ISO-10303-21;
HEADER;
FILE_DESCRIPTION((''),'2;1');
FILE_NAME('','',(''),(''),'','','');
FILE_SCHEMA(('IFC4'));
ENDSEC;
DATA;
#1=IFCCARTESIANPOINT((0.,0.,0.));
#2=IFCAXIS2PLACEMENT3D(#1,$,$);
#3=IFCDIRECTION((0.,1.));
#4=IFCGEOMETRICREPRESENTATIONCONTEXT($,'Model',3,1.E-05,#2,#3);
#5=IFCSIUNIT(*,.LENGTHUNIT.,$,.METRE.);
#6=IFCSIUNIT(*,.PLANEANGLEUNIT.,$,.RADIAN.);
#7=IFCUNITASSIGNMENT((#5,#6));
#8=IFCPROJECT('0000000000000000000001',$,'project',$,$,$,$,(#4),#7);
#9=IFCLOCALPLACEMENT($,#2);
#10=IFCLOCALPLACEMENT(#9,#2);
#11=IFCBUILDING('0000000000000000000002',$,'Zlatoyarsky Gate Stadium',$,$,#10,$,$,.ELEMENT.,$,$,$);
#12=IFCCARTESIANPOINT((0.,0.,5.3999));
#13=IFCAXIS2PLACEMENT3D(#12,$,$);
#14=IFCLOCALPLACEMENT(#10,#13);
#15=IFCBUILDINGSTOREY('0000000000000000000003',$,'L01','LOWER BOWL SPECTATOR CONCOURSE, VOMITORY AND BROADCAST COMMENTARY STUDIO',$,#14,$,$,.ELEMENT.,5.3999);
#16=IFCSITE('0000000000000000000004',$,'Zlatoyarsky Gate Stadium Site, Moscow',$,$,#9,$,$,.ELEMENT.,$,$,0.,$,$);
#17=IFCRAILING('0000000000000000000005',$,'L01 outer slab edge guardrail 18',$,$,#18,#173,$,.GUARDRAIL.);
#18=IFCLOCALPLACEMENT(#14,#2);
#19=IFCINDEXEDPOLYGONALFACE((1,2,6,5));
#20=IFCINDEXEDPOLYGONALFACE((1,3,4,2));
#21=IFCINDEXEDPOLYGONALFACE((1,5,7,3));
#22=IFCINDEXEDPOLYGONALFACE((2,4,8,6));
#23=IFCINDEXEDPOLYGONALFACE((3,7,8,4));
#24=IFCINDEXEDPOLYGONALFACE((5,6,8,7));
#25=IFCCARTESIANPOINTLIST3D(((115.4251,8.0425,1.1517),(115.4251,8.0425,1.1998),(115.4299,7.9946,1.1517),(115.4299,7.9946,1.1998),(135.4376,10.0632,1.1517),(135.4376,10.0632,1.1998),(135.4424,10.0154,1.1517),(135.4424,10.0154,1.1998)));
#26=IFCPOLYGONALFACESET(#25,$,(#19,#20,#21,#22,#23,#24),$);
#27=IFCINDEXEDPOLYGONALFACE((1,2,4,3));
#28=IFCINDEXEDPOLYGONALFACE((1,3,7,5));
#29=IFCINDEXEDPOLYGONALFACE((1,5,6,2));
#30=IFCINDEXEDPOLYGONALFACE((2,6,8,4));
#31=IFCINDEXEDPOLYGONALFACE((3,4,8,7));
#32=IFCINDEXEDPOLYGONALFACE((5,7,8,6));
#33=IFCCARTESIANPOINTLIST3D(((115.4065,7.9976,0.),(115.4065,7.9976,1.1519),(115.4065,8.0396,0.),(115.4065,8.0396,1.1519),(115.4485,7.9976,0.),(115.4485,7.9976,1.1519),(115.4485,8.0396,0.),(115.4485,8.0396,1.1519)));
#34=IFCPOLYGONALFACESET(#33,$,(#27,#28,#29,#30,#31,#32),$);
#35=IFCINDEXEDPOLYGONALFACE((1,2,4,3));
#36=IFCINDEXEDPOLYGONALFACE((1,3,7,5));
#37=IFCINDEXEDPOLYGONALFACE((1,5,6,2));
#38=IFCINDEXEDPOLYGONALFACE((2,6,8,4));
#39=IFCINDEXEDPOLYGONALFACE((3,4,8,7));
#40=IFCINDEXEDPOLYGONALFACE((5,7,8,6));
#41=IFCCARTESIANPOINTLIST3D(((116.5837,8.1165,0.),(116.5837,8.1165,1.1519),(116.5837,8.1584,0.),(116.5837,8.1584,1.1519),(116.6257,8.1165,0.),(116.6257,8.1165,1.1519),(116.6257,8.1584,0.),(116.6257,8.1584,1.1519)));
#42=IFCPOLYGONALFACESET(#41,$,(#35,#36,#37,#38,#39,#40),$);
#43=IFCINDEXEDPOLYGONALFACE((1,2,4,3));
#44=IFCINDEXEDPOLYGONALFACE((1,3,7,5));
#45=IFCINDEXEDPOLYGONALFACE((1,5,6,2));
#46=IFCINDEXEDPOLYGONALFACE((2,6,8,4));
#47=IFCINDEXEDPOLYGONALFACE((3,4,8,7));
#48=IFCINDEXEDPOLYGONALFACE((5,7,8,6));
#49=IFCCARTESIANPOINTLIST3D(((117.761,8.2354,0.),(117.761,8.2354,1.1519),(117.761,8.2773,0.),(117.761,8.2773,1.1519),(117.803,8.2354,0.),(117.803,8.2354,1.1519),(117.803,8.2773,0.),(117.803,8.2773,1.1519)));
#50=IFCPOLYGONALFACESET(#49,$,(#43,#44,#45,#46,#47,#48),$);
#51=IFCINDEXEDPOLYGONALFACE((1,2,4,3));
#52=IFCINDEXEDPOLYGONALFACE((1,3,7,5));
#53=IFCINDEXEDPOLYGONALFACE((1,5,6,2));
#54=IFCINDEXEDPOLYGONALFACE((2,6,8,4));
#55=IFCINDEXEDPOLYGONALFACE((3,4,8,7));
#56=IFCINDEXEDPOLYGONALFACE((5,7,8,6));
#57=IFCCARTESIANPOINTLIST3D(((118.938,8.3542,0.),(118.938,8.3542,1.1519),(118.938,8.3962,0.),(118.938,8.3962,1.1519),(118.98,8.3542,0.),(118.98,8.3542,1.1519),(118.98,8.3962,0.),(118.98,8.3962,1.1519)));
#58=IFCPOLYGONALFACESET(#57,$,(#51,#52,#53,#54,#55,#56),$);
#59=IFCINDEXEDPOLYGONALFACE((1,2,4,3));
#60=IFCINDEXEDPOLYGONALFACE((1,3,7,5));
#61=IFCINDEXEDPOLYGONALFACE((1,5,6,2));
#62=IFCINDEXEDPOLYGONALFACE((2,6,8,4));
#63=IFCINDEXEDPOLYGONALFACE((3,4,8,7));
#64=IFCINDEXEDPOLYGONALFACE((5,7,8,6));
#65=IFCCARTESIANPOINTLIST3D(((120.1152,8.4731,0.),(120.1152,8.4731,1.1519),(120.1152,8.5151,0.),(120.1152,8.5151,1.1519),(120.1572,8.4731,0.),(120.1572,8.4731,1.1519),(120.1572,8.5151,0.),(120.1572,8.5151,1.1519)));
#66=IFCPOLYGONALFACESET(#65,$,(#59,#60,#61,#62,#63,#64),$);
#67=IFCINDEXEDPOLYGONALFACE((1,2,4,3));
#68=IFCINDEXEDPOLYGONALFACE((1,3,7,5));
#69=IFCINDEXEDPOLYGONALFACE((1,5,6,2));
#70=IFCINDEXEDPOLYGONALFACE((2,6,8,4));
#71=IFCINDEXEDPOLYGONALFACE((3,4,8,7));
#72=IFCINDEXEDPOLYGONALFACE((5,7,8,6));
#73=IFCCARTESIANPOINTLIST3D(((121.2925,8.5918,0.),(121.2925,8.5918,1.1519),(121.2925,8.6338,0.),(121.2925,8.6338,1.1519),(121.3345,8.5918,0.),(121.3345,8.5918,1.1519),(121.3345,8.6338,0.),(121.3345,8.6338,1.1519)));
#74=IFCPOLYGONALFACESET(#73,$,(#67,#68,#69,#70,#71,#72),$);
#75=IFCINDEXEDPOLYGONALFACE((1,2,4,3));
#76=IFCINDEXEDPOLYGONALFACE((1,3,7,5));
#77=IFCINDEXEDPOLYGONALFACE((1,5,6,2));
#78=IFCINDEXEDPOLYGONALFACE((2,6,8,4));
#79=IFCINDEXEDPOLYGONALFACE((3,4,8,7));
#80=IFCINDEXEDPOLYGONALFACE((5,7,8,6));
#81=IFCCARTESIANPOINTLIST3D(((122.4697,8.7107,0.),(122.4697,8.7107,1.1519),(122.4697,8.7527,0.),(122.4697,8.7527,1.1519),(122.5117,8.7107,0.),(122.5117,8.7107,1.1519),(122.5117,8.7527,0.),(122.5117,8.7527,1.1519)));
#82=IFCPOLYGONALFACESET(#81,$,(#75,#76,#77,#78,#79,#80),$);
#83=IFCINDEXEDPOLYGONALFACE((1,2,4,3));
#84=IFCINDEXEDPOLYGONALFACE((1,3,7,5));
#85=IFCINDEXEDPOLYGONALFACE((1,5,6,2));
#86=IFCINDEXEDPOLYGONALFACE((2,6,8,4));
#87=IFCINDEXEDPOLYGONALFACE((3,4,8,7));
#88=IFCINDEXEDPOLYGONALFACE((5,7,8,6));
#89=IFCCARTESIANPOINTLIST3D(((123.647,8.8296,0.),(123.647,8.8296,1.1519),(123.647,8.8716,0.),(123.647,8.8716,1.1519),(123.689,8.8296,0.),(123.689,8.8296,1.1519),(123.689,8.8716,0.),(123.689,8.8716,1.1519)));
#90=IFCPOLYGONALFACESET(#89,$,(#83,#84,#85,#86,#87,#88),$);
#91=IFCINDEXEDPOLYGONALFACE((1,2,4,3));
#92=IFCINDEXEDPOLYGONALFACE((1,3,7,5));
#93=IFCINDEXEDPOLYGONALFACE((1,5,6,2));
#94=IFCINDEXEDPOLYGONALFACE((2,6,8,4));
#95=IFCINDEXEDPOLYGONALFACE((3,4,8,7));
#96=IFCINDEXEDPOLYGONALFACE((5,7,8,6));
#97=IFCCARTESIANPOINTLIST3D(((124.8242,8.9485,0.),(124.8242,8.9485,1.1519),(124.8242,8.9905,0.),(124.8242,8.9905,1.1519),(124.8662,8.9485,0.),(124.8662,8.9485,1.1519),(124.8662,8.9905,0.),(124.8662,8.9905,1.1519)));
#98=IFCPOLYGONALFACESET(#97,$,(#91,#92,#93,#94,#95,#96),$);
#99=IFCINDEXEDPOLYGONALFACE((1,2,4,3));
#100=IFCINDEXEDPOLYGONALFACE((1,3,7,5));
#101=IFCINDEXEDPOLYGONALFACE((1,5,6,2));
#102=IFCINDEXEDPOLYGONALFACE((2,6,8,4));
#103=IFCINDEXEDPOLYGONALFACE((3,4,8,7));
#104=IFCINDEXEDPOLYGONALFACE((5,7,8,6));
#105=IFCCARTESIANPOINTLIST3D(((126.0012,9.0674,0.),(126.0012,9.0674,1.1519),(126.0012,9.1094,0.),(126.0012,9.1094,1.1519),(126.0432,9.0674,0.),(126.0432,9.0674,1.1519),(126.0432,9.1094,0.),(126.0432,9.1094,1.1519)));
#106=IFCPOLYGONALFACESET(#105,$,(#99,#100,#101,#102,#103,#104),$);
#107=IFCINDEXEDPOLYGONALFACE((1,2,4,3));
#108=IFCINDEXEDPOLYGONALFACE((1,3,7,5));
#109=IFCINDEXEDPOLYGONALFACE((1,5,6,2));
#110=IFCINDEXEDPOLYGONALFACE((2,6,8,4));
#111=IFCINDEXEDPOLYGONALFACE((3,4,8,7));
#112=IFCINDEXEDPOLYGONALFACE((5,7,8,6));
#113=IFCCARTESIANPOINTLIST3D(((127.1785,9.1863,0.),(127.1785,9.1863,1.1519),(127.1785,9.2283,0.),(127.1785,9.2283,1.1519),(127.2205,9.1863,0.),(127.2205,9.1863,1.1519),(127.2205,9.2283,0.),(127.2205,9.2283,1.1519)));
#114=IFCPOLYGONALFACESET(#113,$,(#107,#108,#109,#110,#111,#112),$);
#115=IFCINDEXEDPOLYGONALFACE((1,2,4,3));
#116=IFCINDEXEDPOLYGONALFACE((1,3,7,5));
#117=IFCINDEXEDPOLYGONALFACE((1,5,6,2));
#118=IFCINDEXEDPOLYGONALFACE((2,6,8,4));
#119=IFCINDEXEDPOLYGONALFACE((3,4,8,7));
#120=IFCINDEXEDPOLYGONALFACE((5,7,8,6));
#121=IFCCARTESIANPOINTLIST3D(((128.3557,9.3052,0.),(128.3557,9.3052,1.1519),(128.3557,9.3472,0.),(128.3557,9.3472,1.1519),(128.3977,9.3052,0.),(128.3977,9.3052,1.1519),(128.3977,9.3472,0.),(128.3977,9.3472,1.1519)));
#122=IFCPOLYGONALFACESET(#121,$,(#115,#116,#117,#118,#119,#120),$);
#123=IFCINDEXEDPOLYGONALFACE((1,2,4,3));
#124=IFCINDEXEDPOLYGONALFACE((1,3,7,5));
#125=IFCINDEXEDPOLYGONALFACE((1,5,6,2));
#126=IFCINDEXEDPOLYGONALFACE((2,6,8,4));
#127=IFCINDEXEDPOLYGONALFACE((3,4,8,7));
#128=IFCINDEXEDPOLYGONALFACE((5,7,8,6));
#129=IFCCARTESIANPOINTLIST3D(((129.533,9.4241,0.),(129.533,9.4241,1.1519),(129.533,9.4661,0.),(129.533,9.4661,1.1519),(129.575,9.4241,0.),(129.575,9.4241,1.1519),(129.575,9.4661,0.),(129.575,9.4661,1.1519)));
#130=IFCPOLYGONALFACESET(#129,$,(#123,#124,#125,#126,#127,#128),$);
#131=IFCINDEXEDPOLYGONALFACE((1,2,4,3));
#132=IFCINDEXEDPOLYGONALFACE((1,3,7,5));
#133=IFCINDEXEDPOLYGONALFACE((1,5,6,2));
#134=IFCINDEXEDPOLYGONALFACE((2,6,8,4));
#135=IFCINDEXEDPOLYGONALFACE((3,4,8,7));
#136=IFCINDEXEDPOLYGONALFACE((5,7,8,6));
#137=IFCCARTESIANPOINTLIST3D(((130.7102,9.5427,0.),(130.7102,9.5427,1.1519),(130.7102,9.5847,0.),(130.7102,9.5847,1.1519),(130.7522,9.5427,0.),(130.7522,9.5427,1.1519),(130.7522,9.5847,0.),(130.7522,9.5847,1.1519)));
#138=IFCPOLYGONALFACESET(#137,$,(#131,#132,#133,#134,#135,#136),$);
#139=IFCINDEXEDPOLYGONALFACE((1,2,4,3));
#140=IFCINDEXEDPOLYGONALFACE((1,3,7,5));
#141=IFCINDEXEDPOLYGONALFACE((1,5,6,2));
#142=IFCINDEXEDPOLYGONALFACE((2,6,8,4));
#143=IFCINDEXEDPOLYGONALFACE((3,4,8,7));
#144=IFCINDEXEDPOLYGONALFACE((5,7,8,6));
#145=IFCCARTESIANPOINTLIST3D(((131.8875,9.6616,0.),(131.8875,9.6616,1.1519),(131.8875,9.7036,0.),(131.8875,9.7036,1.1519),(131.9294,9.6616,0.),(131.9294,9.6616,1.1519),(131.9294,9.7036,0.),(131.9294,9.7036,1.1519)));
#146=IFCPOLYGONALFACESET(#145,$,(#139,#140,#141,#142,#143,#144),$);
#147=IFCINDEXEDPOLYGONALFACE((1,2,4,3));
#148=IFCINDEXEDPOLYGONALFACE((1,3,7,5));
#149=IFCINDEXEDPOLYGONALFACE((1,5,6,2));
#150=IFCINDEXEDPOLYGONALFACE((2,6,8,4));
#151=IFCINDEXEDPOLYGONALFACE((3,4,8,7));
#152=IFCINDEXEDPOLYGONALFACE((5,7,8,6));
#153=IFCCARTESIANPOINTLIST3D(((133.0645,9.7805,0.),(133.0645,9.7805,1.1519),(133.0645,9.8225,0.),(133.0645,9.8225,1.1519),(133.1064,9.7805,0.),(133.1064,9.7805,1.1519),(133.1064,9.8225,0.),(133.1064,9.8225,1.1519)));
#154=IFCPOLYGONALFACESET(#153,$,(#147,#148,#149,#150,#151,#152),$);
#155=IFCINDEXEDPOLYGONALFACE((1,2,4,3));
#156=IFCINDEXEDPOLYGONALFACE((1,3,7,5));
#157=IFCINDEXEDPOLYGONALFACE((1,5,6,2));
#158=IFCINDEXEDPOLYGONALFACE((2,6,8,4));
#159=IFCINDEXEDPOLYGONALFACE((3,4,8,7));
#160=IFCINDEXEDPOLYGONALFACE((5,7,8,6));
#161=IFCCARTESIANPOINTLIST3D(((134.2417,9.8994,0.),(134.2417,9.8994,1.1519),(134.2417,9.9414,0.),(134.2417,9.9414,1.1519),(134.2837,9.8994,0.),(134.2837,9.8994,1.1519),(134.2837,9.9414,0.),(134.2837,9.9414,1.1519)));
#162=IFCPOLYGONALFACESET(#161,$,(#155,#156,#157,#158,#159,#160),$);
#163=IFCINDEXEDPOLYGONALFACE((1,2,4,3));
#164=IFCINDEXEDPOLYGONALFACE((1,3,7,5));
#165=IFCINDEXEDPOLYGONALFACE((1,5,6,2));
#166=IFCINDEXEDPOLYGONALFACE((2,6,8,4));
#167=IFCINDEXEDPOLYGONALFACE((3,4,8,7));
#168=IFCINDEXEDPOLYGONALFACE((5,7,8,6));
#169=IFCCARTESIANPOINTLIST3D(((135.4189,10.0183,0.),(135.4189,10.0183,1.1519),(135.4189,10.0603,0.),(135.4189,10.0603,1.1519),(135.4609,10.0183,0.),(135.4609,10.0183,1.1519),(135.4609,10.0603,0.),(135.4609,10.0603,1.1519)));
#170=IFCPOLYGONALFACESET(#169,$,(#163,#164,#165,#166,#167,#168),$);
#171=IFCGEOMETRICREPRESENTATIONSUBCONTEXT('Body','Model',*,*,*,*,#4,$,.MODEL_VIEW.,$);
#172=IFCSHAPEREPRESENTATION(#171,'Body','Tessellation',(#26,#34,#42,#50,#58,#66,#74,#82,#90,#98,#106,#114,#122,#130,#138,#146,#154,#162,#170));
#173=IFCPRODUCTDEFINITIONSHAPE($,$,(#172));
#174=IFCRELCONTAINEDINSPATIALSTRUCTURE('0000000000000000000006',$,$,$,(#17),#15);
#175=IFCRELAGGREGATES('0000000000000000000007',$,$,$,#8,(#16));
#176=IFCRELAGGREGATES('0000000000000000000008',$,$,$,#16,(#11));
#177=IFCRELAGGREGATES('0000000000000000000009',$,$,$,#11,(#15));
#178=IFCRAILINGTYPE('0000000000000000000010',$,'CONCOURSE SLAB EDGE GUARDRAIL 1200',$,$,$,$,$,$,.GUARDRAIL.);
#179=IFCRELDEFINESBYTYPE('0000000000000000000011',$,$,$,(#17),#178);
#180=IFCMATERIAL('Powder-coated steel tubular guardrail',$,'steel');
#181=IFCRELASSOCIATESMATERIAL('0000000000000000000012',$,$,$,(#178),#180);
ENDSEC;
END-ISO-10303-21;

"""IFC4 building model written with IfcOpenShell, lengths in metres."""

from ifc_helpers import new_model, si_unit, direction, frame, origin, origin_2d, place, context, subcontext, project, spatial, rectangle, extrude, material, type_object, element, save


model = new_model("IFC4")

# Units and contexts
model_context = context("Model", 3, precision=1e-05, world=origin(), true_north=direction((0.0, 1.0)))
body_context = subcontext(model_context, "Body", "Model", "MODEL_VIEW")
ifc_project = project(units=[si_unit("LENGTHUNIT", "METRE"), si_unit("PLANEANGLEUNIT", "RADIAN")], contexts=[model_context])

# Site, building, storey
site_placement = place(None, origin())
site = spatial("IfcSite", under=ifc_project, at=site_placement, Name="Zlatoyarsky Gate Stadium Site, Moscow", CompositionType="ELEMENT", RefElevation=0.0)
building_placement = place(site_placement, origin())
building = spatial("IfcBuilding", under=site, at=building_placement, Name="Zlatoyarsky Gate Stadium", CompositionType="ELEMENT")
storey_placement = place(building_placement, frame((0.0, 0.0, 5.3999)))
storey = spatial("IfcBuildingStorey", under=building, at=storey_placement, Name="L01", Description="LOWER BOWL SPECTATOR CONCOURSE, VOMITORY AND BROADCAST COMMENTARY STUDIO", CompositionType="ELEMENT", Elevation=5.3999)

# Railing
ifc_material_1 = material(Name="Powder-coated steel tubular guardrail", Category="steel")
railing_type = type_object("IfcRailingType", Name="CONCOURSE SLAB EDGE GUARDRAIL 1200", PredefinedType="GUARDRAIL", material=ifc_material_1)
railing_placement = place(storey_placement, frame((115.4275, 8.0186, 0.0)))
element("IfcRailing", 1, at=railing_placement, inside=storey, type_object=railing_type, Name="L01 outer slab edge guardrail 18", PredefinedType="GUARDRAIL", context=body_context, shape_type="SweptSolid", body=[
    extrude(rectangle(XDim=0.0481, YDim=0.0481, at=origin_2d()), frame((0.0, 0.0, 1.1758), z_axis=(0.994941, 0.100464, 0.0), x_axis=(-0.100464, 0.994941, 0.0)), (0.0, 0.0, 1.0), 20.1143),
    extrude(rectangle(XDim=0.042, YDim=0.042, at=origin_2d()), origin(), (0.0, 0.0, 1.0), 1.1519),
    extrude(rectangle(XDim=0.042, YDim=0.042, at=origin_2d()), frame((1.1772, 0.1189, 0.0)), (0.0, 0.0, 1.0), 1.1519),
    extrude(rectangle(XDim=0.042, YDim=0.042, at=origin_2d()), frame((2.3545, 0.2378, 0.0)), (0.0, 0.0, 1.0), 1.1519),
    extrude(rectangle(XDim=0.042, YDim=0.042, at=origin_2d()), frame((3.5315, 0.3567, 0.0)), (0.0, 0.0, 1.0), 1.1519),
    extrude(rectangle(XDim=0.042, YDim=0.042, at=origin_2d()), frame((4.7087, 0.4756, 0.0)), (0.0, 0.0, 1.0), 1.1519),
    extrude(rectangle(XDim=0.042, YDim=0.042, at=origin_2d()), frame((5.886, 0.5942, 0.0)), (0.0, 0.0, 1.0), 1.1519),
    extrude(rectangle(XDim=0.042, YDim=0.042, at=origin_2d()), frame((7.0632, 0.7131, 0.0)), (0.0, 0.0, 1.0), 1.1519),
    extrude(rectangle(XDim=0.042, YDim=0.042, at=origin_2d()), frame((8.2405, 0.832, 0.0)), (0.0, 0.0, 1.0), 1.1519),
    extrude(rectangle(XDim=0.042, YDim=0.042, at=origin_2d()), frame((9.4177, 0.9509, 0.0)), (0.0, 0.0, 1.0), 1.1519),
    extrude(rectangle(XDim=0.042, YDim=0.042, at=origin_2d()), frame((10.5947, 1.0698, 0.0)), (0.0, 0.0, 1.0), 1.1519),
    extrude(rectangle(XDim=0.042, YDim=0.042, at=origin_2d()), frame((11.772, 1.1887, 0.0)), (0.0, 0.0, 1.0), 1.1519),
    extrude(rectangle(XDim=0.042, YDim=0.042, at=origin_2d()), frame((12.9492, 1.3076, 0.0)), (0.0, 0.0, 1.0), 1.1519),
    extrude(rectangle(XDim=0.042, YDim=0.042, at=origin_2d()), frame((14.1265, 1.4265, 0.0)), (0.0, 0.0, 1.0), 1.1519),
    extrude(rectangle(XDim=0.042, YDim=0.042, at=origin_2d()), frame((15.3037, 1.5452, 0.0)), (0.0, 0.0, 1.0), 1.1519),
    extrude(rectangle(XDim=0.042, YDim=0.042, at=origin_2d()), frame((16.481, 1.6641, 0.0)), (0.0, 0.0, 1.0), 1.1519),
    extrude(rectangle(XDim=0.042, YDim=0.042, at=origin_2d()), frame((17.658, 1.783, 0.0)), (0.0, 0.0, 1.0), 1.1519),
    extrude(rectangle(XDim=0.042, YDim=0.042, at=origin_2d()), frame((18.8352, 1.9019, 0.0)), (0.0, 0.0, 1.0), 1.1519),
    extrude(rectangle(XDim=0.042, YDim=0.042, at=origin_2d()), frame((20.0125, 2.0208, 0.0)), (0.0, 0.0, 1.0), 1.1519),
])

save(model, "model.ifc")
